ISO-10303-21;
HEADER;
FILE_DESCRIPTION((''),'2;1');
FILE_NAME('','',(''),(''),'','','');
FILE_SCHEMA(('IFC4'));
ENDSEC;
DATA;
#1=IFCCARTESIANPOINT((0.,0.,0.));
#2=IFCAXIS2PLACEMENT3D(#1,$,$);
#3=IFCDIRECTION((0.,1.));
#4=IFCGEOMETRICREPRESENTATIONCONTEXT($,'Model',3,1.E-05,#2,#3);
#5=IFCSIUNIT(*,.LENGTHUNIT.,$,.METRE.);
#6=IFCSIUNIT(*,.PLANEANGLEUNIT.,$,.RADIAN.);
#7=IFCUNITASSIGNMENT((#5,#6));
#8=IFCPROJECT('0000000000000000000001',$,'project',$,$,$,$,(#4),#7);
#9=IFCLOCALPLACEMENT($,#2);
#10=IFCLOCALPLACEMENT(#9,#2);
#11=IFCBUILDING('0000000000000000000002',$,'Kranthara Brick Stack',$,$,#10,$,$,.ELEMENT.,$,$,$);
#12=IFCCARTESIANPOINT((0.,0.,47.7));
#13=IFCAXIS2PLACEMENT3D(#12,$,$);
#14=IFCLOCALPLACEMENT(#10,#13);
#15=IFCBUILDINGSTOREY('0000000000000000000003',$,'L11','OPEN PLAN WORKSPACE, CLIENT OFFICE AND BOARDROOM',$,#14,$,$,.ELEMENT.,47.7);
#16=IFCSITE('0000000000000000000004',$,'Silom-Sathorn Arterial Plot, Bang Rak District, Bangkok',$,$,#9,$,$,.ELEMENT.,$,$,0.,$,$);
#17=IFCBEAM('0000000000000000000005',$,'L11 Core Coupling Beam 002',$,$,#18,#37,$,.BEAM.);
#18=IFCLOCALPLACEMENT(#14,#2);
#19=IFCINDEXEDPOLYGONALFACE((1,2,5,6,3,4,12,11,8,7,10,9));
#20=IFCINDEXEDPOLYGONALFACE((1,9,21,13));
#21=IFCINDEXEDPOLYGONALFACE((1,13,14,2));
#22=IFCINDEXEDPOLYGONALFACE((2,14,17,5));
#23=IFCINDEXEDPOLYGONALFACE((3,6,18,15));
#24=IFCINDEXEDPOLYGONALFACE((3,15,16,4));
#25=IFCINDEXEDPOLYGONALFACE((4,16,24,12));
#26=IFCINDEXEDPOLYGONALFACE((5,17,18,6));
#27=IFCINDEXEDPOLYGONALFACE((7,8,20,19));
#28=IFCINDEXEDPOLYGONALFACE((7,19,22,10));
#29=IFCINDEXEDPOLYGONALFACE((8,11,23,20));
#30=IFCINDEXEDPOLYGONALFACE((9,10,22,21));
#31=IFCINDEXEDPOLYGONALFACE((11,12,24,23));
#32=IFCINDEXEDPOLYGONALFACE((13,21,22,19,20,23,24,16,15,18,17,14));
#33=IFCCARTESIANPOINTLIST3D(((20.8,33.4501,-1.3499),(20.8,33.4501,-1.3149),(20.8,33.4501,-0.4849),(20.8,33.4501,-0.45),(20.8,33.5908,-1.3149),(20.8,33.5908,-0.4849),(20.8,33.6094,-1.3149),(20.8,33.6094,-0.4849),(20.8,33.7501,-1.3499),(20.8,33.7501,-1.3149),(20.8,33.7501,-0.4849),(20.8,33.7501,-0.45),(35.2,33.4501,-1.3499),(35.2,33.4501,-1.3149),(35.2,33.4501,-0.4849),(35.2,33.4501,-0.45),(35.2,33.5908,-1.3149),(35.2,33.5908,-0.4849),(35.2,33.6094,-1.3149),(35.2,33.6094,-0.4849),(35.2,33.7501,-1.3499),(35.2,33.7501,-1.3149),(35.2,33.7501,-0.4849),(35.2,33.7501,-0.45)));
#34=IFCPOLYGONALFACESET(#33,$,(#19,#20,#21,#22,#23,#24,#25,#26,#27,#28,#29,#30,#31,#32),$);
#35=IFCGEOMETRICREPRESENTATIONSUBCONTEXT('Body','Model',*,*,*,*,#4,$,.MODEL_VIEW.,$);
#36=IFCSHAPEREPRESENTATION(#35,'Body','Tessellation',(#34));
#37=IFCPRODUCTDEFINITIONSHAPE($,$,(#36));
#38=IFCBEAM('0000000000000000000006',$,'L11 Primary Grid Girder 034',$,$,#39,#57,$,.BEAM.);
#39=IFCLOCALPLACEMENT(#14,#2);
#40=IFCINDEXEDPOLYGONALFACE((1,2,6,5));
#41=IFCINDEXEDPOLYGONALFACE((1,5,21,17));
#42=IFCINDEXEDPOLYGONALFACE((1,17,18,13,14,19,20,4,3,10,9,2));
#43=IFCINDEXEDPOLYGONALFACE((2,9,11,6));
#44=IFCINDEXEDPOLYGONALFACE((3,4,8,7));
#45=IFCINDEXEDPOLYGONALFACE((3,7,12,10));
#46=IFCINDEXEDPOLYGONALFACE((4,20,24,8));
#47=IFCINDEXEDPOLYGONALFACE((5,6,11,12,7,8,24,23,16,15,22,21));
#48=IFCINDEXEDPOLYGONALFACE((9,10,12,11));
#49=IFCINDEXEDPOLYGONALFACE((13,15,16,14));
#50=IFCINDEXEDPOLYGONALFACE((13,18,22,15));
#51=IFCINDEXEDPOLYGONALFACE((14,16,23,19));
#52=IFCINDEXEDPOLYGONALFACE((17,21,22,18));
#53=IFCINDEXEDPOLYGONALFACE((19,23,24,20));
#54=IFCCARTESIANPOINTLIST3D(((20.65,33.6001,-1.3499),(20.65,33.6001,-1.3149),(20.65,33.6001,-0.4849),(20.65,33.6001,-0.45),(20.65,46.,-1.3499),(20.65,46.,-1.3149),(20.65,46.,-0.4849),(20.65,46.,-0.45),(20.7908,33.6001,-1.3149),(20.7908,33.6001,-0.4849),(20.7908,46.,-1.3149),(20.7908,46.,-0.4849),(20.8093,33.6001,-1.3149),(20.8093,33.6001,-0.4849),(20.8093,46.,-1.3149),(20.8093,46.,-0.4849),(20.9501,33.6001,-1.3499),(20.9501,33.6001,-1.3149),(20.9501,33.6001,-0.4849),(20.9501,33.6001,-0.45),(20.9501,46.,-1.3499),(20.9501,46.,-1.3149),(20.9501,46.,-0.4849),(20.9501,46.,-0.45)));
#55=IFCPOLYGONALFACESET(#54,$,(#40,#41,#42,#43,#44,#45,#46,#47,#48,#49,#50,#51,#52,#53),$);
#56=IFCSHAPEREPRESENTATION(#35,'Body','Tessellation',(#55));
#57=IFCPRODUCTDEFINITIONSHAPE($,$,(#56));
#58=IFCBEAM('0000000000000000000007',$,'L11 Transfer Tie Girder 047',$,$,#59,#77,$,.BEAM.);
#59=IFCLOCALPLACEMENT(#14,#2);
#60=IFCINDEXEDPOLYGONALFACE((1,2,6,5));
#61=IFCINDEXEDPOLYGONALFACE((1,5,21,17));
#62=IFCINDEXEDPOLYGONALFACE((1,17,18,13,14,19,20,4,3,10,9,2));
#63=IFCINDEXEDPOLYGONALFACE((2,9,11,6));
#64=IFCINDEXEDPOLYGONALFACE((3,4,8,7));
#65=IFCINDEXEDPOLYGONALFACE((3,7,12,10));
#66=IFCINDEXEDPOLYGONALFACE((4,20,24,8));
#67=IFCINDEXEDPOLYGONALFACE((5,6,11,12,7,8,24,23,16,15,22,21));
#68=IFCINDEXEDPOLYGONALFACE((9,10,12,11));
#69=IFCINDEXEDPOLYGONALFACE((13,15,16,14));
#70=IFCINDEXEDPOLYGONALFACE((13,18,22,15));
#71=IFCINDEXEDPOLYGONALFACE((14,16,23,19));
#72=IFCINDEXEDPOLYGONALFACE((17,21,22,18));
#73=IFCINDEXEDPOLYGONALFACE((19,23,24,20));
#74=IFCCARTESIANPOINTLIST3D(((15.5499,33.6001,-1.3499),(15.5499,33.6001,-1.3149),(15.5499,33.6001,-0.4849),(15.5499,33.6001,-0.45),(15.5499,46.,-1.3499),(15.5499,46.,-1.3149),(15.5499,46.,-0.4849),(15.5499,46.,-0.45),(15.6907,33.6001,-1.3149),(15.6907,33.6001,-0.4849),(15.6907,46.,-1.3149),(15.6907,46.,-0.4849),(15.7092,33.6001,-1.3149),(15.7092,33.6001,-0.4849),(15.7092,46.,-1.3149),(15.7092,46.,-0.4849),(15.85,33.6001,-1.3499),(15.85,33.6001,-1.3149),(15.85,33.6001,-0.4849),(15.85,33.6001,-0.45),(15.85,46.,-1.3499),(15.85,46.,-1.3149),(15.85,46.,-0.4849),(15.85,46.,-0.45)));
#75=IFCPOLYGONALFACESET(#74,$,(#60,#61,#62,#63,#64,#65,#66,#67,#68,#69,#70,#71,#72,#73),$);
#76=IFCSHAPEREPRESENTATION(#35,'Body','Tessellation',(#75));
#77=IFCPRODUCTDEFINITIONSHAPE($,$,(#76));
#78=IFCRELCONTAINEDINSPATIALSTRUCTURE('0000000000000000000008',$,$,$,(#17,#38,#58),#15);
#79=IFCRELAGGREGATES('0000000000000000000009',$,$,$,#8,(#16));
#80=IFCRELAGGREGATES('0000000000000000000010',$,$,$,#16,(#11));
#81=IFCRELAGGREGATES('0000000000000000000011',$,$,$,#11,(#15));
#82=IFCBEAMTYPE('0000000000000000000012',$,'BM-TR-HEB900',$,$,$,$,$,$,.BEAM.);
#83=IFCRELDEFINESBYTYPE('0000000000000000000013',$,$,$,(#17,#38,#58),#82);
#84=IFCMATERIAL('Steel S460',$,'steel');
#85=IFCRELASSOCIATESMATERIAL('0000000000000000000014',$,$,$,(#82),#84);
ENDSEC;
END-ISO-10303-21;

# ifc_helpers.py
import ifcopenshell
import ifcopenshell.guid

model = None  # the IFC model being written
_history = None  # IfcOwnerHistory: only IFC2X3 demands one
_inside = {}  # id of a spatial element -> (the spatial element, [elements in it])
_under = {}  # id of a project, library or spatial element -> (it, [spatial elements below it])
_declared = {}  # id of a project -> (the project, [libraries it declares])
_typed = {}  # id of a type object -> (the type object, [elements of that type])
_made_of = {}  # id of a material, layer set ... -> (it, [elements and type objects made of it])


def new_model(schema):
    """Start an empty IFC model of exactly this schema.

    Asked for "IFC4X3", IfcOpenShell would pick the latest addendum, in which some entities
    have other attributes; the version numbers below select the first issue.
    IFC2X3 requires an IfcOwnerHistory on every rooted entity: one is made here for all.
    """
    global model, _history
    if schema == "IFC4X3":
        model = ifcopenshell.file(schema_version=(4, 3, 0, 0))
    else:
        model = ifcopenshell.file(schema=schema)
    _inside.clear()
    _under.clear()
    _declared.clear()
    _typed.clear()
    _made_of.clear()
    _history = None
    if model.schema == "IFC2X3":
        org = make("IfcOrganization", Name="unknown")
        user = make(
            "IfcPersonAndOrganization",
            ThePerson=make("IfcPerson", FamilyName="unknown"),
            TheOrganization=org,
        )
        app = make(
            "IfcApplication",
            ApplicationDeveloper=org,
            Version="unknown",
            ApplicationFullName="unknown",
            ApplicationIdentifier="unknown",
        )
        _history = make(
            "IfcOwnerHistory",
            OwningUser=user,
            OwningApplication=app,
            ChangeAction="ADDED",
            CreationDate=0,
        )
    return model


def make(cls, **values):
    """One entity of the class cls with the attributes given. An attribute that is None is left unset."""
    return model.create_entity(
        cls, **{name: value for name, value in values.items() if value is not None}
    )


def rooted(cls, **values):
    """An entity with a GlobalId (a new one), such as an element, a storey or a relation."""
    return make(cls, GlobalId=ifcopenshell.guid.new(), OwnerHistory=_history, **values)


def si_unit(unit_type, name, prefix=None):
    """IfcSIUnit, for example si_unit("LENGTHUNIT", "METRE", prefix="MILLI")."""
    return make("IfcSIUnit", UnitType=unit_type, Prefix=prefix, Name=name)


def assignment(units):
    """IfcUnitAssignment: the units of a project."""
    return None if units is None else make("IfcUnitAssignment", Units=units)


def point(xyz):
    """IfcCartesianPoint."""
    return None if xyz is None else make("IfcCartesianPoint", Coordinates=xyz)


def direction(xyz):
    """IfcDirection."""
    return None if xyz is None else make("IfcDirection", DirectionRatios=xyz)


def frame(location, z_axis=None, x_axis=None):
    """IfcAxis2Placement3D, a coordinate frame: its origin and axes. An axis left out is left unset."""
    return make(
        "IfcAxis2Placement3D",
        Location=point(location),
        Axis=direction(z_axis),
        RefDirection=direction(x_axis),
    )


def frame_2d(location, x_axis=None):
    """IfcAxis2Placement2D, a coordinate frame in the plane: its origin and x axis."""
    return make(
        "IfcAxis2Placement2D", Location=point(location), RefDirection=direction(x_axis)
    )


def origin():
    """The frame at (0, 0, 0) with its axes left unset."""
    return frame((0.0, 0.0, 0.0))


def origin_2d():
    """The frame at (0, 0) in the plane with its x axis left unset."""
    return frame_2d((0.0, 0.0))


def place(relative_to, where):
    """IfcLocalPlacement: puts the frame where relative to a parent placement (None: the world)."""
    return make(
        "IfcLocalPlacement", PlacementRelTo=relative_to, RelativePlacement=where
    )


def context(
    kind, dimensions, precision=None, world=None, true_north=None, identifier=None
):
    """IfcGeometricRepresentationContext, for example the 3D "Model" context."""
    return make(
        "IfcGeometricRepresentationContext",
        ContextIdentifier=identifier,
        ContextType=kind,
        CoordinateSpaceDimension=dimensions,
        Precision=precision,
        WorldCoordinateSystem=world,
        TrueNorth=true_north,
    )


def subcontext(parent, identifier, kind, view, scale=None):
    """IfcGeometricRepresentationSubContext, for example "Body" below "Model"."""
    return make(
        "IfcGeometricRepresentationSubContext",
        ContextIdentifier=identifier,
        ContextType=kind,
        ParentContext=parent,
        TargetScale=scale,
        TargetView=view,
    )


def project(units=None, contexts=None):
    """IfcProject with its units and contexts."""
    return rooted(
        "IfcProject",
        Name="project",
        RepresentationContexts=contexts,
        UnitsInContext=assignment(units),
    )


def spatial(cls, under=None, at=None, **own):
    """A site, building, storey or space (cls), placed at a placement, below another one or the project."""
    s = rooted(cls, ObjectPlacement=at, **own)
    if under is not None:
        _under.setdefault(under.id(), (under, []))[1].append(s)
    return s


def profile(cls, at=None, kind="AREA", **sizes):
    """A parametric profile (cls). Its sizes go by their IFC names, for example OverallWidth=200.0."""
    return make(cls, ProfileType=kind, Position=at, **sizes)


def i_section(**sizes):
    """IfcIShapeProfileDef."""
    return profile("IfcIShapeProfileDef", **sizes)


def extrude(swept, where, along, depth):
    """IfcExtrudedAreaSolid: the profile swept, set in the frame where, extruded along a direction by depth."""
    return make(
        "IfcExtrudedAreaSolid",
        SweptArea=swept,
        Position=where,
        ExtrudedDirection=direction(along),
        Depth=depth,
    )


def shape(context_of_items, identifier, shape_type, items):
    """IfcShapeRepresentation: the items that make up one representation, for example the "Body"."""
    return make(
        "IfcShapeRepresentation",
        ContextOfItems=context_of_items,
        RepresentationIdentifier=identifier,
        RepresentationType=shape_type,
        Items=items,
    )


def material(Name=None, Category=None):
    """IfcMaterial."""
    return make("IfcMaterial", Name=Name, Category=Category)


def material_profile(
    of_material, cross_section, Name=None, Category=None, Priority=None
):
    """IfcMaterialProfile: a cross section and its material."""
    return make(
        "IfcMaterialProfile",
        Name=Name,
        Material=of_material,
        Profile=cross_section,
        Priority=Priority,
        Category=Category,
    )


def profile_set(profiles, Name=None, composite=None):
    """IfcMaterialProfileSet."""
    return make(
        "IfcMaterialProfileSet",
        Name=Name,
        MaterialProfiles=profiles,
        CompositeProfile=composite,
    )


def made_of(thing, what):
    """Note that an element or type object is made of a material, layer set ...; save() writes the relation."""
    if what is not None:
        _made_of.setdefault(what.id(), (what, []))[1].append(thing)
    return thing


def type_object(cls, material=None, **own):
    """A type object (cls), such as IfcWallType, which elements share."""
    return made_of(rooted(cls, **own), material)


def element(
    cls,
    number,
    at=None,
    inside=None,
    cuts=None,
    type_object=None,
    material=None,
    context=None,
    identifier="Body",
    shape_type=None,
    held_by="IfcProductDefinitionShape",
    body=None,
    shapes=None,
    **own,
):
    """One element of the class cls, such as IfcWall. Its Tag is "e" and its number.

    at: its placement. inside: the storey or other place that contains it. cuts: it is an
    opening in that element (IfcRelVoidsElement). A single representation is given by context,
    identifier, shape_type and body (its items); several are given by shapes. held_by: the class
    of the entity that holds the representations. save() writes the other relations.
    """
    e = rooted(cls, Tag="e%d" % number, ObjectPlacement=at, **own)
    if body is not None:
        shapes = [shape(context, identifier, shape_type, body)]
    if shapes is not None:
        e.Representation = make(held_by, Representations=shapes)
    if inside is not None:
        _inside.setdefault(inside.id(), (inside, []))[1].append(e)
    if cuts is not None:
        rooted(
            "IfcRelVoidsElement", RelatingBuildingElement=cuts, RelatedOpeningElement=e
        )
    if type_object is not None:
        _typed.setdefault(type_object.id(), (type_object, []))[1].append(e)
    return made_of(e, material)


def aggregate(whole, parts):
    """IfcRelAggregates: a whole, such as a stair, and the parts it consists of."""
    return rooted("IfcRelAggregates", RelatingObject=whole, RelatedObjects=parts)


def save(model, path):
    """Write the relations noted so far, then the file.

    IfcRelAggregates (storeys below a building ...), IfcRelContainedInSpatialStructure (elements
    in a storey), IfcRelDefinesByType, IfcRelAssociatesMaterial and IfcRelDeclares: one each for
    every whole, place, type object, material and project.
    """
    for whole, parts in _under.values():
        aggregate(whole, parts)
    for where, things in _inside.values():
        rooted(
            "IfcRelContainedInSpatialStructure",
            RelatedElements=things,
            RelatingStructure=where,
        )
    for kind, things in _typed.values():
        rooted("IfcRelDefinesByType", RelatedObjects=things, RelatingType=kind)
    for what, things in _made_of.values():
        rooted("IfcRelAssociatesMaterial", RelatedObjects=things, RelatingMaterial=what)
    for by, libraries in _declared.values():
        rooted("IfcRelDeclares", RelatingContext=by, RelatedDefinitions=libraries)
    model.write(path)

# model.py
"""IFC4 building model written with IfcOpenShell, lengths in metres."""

from ifc_helpers import new_model, si_unit, direction, frame, origin, origin_2d, place, context, subcontext, project, spatial, i_section, extrude, material, material_profile, profile_set, type_object, element, save


model = new_model("IFC4")

# Units and contexts
model_context = context("Model", 3, precision=1e-05, world=origin(), true_north=direction((0.0, 1.0)))
body_context = subcontext(model_context, "Body", "Model", "MODEL_VIEW")
ifc_project = project(units=[si_unit("LENGTHUNIT", "METRE"), si_unit("PLANEANGLEUNIT", "RADIAN")], contexts=[model_context])

# Site, building, storey
site_placement = place(None, origin())
site = spatial("IfcSite", under=ifc_project, at=site_placement, Name="Silom-Sathorn Arterial Plot, Bang Rak District, Bangkok", CompositionType="ELEMENT", RefElevation=0.0)
building_placement = place(site_placement, origin())
building = spatial("IfcBuilding", under=site, at=building_placement, Name="Kranthara Brick Stack", CompositionType="ELEMENT")
storey_placement = place(building_placement, frame((0.0, 0.0, 47.7)))
storey = spatial("IfcBuildingStorey", under=building, at=storey_placement, Name="L11", Description="OPEN PLAN WORKSPACE, CLIENT OFFICE AND BOARDROOM", CompositionType="ELEMENT", Elevation=47.7)

# Beams
ifc_material_1 = material(Name="Steel S460", Category="steel")
ifc_material_profile_1 = material_profile(ifc_material_1, i_section(OverallWidth=0.3, OverallDepth=0.8999, WebThickness=0.0186, FlangeThickness=0.0349, at=origin_2d()), Name="HEB 900")
ifc_profile_set_1 = profile_set([ifc_material_profile_1], Name="Steel S460")
beam_type_1 = type_object("IfcBeamType", Name="BM-TR-HEB900", PredefinedType="BEAM", material=ifc_profile_set_1)
beam_1_placement = place(storey_placement, frame((20.8, 33.6001, -0.8999), z_axis=(1.0, 0.0, 0.0), x_axis=(0.0, 1.0, 0.0)))
element("IfcBeam", 1, at=beam_1_placement, inside=storey, type_object=beam_type_1, Name="L11 Core Coupling Beam 002", PredefinedType="BEAM", context=body_context, shape_type="SweptSolid", body=[
    extrude(i_section(OverallWidth=0.3, OverallDepth=0.8999, WebThickness=0.0186, FlangeThickness=0.0349, at=origin_2d()), origin(), (0.0, 0.0, 1.0), 14.3999),
])
for number, where, z_axis, x_axis, name in (
    (2, (20.8, 33.6001, -0.8999), (0.0, 1.0, 0.0), (-1.0, 0.0, 0.0), "L11 Primary Grid Girder 034"),
    (3, (15.7, 46.0, -0.8999), (0.0, -1.0, 0.0), (1.0, 0.0, 0.0), "L11 Transfer Tie Girder 047"),
):
    element("IfcBeam", number, at=place(storey_placement, frame(where, z_axis=z_axis, x_axis=x_axis)), inside=storey, type_object=beam_type_1, Name=name, PredefinedType="BEAM", context=body_context, shape_type="SweptSolid", body=[
        extrude(i_section(OverallWidth=0.3, OverallDepth=0.8999, WebThickness=0.0186, FlangeThickness=0.0349, at=origin_2d()), origin(), (0.0, 0.0, 1.0), 12.3999),
    ])

save(model, "model.ifc")
